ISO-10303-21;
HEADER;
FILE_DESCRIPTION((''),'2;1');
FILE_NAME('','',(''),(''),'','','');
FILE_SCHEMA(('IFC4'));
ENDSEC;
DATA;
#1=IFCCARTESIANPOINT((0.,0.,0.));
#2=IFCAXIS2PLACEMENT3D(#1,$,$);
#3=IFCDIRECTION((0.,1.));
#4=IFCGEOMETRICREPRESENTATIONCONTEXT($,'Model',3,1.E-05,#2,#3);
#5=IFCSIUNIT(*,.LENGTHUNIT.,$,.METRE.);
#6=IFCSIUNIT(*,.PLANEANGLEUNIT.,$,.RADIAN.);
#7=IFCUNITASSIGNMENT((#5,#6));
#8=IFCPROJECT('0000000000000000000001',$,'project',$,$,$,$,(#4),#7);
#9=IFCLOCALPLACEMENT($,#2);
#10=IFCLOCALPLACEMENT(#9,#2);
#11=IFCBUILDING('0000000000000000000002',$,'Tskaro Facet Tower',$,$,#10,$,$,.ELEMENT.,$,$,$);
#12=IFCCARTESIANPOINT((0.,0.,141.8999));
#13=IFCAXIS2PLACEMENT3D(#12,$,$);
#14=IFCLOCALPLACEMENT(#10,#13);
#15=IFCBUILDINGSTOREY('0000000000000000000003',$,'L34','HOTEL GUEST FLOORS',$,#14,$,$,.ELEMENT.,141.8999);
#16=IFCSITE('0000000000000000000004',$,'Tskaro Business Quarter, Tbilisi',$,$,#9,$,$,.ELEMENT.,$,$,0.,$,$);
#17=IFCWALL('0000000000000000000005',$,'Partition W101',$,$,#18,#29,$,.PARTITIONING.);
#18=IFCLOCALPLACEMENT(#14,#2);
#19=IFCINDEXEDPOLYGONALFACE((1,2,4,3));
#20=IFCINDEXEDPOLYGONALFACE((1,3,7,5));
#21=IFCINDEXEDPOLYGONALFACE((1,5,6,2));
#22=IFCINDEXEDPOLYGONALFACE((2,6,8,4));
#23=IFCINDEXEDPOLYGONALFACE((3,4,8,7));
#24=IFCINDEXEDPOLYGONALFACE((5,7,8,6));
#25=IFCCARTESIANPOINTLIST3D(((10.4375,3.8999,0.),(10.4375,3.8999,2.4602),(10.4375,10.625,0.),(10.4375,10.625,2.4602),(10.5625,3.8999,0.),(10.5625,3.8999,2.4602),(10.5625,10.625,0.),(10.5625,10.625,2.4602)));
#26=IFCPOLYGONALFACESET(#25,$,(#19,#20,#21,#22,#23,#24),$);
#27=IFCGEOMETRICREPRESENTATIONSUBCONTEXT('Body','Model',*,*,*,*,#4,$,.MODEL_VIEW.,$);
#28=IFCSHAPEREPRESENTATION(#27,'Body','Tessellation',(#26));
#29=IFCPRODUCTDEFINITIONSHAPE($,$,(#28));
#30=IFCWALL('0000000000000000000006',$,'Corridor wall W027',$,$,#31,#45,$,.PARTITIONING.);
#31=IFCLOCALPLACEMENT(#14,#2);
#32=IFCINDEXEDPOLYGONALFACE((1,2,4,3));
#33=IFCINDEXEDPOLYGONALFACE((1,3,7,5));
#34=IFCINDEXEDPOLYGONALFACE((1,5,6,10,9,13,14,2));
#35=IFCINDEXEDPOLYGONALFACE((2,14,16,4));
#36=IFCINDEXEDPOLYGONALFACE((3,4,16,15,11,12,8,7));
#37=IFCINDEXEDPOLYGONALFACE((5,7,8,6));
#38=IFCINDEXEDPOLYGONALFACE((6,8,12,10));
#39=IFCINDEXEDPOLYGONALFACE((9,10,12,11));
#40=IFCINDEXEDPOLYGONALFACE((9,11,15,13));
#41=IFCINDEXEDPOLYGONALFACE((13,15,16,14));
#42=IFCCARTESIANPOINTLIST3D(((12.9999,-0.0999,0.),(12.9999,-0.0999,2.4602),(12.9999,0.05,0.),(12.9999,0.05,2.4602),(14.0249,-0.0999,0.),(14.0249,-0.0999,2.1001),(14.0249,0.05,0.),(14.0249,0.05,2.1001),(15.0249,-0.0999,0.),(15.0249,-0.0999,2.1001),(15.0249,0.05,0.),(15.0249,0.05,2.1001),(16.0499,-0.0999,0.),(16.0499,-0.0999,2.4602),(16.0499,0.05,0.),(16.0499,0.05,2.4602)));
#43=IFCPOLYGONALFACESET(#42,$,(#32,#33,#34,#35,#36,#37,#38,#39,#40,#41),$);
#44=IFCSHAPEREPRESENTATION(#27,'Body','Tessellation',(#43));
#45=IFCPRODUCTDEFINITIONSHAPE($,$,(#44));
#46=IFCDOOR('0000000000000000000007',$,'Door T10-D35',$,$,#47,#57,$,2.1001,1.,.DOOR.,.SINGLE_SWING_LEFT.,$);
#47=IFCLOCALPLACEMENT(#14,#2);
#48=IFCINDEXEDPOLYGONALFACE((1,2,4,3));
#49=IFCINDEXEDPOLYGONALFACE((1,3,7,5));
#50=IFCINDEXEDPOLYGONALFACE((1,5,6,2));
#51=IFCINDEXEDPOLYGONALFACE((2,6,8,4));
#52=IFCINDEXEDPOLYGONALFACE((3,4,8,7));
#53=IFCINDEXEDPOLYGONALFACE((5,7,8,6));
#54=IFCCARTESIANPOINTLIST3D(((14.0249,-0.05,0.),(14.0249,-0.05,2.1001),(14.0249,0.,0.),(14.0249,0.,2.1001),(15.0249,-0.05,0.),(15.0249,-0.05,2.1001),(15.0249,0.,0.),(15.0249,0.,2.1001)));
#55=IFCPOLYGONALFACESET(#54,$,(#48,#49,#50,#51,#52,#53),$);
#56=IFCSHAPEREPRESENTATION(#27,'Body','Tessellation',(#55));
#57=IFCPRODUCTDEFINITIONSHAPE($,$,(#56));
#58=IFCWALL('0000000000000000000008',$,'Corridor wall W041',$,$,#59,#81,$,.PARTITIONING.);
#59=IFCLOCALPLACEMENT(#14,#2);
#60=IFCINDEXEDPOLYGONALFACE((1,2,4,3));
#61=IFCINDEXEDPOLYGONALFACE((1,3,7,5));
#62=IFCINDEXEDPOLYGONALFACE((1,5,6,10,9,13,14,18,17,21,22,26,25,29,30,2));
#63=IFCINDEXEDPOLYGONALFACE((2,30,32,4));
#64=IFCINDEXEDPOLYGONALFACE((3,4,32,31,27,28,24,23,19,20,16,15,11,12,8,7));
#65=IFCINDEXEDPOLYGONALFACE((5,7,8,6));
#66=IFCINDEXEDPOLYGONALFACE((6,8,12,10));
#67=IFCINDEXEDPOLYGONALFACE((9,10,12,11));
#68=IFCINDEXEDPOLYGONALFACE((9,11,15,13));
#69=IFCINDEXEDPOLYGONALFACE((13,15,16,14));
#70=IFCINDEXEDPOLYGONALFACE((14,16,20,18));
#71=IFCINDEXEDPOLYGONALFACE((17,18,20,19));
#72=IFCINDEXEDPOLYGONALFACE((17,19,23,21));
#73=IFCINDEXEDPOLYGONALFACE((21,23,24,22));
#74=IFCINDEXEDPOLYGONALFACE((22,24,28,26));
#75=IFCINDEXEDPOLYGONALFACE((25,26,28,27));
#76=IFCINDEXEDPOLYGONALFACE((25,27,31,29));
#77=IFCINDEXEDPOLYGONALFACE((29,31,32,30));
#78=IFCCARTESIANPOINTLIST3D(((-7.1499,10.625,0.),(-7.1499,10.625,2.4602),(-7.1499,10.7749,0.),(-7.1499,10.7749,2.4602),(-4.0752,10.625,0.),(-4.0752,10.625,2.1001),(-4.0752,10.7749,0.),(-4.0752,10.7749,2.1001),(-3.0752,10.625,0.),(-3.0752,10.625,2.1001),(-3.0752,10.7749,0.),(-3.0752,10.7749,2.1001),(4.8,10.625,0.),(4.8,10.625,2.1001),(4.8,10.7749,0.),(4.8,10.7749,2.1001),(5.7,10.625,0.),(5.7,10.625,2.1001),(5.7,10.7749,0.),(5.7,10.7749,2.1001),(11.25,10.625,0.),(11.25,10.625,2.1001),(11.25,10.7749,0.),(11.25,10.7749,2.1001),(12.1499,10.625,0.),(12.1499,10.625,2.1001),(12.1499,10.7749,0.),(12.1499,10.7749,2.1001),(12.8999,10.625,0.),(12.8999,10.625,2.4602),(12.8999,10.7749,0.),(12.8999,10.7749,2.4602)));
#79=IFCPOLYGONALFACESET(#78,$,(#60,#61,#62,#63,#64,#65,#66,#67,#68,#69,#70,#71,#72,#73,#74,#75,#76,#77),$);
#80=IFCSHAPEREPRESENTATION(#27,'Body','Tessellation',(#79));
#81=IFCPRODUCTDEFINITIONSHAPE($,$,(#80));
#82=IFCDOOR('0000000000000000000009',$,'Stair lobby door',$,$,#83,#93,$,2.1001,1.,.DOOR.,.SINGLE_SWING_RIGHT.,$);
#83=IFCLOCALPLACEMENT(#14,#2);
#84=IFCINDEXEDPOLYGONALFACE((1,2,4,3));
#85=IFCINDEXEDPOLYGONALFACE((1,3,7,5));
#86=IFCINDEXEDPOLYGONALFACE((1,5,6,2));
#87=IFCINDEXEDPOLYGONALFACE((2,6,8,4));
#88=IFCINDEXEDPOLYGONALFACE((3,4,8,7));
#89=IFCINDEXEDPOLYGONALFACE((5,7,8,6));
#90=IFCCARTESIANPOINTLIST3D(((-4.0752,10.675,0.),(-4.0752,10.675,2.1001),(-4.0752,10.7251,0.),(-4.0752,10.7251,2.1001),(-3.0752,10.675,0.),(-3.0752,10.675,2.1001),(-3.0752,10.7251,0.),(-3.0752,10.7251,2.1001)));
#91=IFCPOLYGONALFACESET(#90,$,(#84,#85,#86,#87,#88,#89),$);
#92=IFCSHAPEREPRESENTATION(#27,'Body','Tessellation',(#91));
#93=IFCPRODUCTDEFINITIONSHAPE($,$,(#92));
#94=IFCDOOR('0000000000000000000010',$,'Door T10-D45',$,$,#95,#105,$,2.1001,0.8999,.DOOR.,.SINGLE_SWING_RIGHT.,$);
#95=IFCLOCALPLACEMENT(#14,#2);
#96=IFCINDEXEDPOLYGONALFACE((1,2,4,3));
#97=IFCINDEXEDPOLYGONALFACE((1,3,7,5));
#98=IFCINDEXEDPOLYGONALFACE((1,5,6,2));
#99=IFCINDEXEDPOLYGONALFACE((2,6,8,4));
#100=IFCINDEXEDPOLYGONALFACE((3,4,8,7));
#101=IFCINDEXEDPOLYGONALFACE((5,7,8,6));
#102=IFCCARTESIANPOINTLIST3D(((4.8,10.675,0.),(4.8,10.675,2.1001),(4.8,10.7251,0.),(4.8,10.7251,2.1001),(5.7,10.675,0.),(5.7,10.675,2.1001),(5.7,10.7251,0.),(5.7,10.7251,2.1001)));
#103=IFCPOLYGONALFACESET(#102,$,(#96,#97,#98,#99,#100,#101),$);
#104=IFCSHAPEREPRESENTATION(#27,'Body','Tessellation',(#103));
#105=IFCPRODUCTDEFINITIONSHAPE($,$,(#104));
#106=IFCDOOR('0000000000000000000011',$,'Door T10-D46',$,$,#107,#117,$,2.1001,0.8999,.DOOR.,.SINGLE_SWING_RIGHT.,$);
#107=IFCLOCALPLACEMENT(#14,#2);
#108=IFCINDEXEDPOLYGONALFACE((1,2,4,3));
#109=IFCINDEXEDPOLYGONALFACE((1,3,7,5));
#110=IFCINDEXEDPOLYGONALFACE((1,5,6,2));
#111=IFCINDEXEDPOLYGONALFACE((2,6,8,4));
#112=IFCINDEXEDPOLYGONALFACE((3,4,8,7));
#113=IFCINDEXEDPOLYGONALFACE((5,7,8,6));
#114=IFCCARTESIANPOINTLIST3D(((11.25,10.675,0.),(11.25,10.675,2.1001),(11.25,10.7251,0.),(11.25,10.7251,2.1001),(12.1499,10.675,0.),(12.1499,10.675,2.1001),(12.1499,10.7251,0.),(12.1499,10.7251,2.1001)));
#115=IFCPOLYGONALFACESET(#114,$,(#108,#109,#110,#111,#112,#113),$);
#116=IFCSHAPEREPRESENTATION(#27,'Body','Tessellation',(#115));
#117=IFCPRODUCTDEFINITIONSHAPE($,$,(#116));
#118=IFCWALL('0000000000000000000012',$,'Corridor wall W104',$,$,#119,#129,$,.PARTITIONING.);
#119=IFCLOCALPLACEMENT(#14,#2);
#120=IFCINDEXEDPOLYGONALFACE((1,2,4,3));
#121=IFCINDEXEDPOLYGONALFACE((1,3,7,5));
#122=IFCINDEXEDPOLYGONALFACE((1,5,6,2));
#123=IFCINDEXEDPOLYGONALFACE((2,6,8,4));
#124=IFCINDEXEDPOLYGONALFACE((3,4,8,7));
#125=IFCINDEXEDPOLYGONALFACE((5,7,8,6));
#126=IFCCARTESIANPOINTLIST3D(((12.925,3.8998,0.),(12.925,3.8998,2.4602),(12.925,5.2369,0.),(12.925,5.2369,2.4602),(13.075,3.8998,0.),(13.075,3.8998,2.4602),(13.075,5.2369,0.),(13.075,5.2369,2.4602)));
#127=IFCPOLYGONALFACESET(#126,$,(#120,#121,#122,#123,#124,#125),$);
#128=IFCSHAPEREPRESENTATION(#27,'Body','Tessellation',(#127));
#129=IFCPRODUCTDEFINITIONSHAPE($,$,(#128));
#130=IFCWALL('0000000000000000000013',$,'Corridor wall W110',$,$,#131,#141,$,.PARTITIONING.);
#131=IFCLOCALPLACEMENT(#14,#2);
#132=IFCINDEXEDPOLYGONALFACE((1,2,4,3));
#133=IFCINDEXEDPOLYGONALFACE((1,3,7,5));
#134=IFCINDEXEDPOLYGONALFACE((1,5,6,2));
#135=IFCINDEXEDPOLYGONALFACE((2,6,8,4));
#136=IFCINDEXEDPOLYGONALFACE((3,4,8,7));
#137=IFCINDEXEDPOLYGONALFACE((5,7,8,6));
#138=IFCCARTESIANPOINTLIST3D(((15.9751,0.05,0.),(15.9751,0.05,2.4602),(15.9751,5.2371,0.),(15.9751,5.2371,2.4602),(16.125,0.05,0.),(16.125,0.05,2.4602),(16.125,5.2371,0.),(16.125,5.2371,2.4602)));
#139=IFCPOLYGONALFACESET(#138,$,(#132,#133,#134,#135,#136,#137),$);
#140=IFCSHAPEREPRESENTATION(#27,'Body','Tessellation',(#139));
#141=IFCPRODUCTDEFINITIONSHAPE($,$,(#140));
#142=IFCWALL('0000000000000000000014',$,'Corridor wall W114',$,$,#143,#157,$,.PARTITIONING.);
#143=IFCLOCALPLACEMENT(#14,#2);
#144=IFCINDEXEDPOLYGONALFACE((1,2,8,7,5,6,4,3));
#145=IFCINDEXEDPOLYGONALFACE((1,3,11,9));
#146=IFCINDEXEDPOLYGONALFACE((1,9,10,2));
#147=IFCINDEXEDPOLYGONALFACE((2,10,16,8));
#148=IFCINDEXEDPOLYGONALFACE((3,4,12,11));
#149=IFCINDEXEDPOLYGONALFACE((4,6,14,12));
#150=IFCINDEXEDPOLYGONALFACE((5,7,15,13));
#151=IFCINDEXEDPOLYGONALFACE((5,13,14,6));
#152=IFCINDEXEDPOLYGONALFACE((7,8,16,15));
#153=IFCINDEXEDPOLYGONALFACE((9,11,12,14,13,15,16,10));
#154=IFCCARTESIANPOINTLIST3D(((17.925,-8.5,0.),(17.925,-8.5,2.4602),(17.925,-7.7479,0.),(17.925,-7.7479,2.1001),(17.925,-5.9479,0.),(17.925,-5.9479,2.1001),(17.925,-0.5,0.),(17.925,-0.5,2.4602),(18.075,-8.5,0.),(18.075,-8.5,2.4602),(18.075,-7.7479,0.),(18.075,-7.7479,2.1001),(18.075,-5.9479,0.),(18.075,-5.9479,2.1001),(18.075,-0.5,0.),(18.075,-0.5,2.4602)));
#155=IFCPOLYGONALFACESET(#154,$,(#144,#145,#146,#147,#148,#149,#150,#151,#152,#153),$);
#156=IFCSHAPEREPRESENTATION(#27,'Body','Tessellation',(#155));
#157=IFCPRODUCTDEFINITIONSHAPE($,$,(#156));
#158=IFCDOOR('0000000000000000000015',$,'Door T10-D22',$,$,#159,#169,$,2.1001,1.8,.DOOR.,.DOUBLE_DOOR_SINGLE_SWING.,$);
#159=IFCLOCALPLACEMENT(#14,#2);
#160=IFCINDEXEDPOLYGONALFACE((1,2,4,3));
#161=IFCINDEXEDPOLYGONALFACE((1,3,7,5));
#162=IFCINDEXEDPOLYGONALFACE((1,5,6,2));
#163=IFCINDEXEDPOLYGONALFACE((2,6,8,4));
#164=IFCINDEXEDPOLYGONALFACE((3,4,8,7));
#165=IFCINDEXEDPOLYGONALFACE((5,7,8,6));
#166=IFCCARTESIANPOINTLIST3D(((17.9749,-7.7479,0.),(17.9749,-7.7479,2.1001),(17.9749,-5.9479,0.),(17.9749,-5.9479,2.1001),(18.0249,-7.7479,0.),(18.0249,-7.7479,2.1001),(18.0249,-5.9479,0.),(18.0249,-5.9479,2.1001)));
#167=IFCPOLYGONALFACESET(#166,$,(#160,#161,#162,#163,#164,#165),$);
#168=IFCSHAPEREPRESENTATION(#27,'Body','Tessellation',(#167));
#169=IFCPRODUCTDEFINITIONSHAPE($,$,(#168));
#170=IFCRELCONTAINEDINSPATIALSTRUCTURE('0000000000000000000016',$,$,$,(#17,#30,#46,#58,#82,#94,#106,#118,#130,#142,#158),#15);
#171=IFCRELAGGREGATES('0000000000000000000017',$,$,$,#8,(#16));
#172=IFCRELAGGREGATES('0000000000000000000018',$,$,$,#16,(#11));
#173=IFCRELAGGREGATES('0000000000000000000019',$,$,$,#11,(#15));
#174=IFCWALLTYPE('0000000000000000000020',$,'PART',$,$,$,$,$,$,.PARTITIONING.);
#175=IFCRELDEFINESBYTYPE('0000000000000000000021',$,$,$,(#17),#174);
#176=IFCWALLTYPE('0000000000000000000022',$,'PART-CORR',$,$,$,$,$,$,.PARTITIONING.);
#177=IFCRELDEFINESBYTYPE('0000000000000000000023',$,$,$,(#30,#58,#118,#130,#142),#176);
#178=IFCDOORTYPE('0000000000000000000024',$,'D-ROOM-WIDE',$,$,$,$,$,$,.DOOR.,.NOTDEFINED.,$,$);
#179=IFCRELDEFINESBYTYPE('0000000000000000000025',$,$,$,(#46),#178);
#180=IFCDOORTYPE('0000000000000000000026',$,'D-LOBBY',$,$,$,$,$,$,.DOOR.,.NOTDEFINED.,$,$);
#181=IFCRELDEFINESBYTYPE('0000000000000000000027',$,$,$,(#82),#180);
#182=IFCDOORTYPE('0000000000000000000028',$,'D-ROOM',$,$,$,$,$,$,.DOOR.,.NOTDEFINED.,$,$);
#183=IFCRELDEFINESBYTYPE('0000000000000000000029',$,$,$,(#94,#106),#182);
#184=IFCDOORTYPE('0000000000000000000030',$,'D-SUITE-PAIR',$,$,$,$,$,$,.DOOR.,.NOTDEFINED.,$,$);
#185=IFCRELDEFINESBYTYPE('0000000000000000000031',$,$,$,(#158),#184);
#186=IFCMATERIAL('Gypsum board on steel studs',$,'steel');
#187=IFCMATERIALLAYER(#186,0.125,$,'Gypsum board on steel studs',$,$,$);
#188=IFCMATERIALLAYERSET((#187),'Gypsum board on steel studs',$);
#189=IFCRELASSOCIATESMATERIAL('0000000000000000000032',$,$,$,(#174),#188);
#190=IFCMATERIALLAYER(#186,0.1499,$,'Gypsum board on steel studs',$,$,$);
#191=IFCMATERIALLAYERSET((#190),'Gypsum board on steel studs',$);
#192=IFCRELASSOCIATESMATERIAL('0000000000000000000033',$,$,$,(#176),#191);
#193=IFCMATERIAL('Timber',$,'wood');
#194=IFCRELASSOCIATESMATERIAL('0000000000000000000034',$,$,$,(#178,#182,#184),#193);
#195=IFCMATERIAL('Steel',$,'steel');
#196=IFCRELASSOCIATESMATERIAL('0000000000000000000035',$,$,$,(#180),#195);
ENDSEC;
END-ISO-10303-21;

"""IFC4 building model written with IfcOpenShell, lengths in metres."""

from ifc_helpers import new_model, si_unit, direction, frame, frame_2d, origin, place, context, subcontext, project, spatial, rectangle, extrude, material, layer, layer_set, type_object, element, fill, save


model = new_model("IFC4")

# Units and contexts
model_context = context("Model", 3, precision=1e-05, world=origin(), true_north=direction((0.0, 1.0)))
body_context = subcontext(model_context, "Body", "Model", "MODEL_VIEW")
ifc_project = project(units=[si_unit("LENGTHUNIT", "METRE"), si_unit("PLANEANGLEUNIT", "RADIAN")], contexts=[model_context])

# Site, building, storey
site_placement = place(None, origin())
site = spatial("IfcSite", under=ifc_project, at=site_placement, Name="Tskaro Business Quarter, Tbilisi", CompositionType="ELEMENT", RefElevation=0.0)
building_placement = place(site_placement, origin())
building = spatial("IfcBuilding", under=site, at=building_placement, Name="Tskaro Facet Tower", CompositionType="ELEMENT")
storey_placement = place(building_placement, frame((0.0, 0.0, 141.8999)))
storey = spatial("IfcBuildingStorey", under=building, at=storey_placement, Name="L34", Description="HOTEL GUEST FLOORS", CompositionType="ELEMENT", Elevation=141.8999)

# Wall
ifc_material_1 = material(Name="Gypsum board on steel studs", Category="steel")
ifc_layer_1 = layer(ifc_material_1, 0.125, Name="Gypsum board on steel studs")
ifc_layer_set_1 = layer_set([ifc_layer_1], Name="Gypsum board on steel studs")
wall_type_1 = type_object("IfcWallType", Name="PART", PredefinedType="PARTITIONING", material=ifc_layer_set_1)
wall_1_placement = place(storey_placement, frame((10.5, 3.8999, 0.0), z_axis=(0.0, 0.0, 1.0), x_axis=(0.0, 1.0, 0.0)))
element("IfcWall", 1, at=wall_1_placement, inside=storey, type_object=wall_type_1, Name="Partition W101", PredefinedType="PARTITIONING", context=body_context, shape_type="SweptSolid", body=[
    extrude(rectangle(XDim=6.7251, YDim=0.125, at=frame_2d((3.3625, 0.0))), origin(), (0.0, 0.0, 1.0), 2.4602),
])

# Wall, opening, door
ifc_layer_2 = layer(ifc_material_1, 0.1499, Name="Gypsum board on steel studs")
ifc_layer_set_2 = layer_set([ifc_layer_2], Name="Gypsum board on steel studs")
wall_type_2 = type_object("IfcWallType", Name="PART-CORR", PredefinedType="PARTITIONING", material=ifc_layer_set_2)
wall_2_placement = place(storey_placement, frame((13.0, -0.0249, 0.0), z_axis=(0.0, 0.0, 1.0), x_axis=(1.0, 0.0, 0.0)))
wall_2 = element("IfcWall", 2, at=wall_2_placement, inside=storey, type_object=wall_type_2, Name="Corridor wall W027", PredefinedType="PARTITIONING", context=body_context, shape_type="SweptSolid", body=[
    extrude(rectangle(XDim=3.05, YDim=0.1499, at=frame_2d((1.5249, 0.0))), origin(), (0.0, 0.0, 1.0), 2.4602),
])
opening_1_placement = place(wall_2_placement, frame((1.0249, 0.0, 0.0)))
opening_1 = element("IfcOpeningElement", 3, at=opening_1_placement, cuts=wall_2, PredefinedType="OPENING", context=body_context, shape_type="SweptSolid", body=[
    extrude(rectangle(XDim=1.0, YDim=2.1001, at=frame_2d((0.5, 1.05))), frame((0.0, 0.085, 0.0), z_axis=(0.0, -1.0, 0.0), x_axis=(1.0, 0.0, 0.0)), (0.0, 0.0, 1.0), 0.1699),
])
ifc_material_2 = material(Name="Timber", Category="wood")
door_type_1 = type_object("IfcDoorType", Name="D-ROOM-WIDE", OperationType="NOTDEFINED", PredefinedType="DOOR", material=ifc_material_2)
door_1_placement = place(opening_1_placement, origin())
door_1 = element("IfcDoor", 4, at=door_1_placement, inside=storey, type_object=door_type_1, Name="Door T10-D35", OperationType="SINGLE_SWING_LEFT", OverallHeight=2.1001, OverallWidth=1.0, PredefinedType="DOOR", context=body_context, shape_type="SweptSolid", body=[
    extrude(rectangle(XDim=1.0, YDim=2.1001, at=frame_2d((0.5, 1.05))), frame((0.0, 0.0249, 0.0), z_axis=(0.0, -1.0, 0.0), x_axis=(1.0, 0.0, 0.0)), (0.0, 0.0, 1.0), 0.05),
])
fill(opening_1, door_1)

# Wall, openings, doors
wall_3_placement = place(storey_placement, frame((12.8999, 10.7, 0.0), z_axis=(0.0, 0.0, 1.0), x_axis=(-1.0, 0.0, 0.0)))
wall_3 = element("IfcWall", 5, at=wall_3_placement, inside=storey, type_object=wall_type_2, Name="Corridor wall W041", PredefinedType="PARTITIONING", context=body_context, shape_type="SweptSolid", body=[
    extrude(rectangle(XDim=20.0498, YDim=0.1499, at=frame_2d((10.0249, 0.0))), origin(), (0.0, 0.0, 1.0), 2.4602),
])
opening_2_placement = place(wall_3_placement, frame((15.9751, 0.0, 0.0)))
opening_2 = element("IfcOpeningElement", 6, at=opening_2_placement, cuts=wall_3, PredefinedType="OPENING", context=body_context, shape_type="SweptSolid", body=[
    extrude(rectangle(XDim=1.0, YDim=2.1001, at=frame_2d((0.5, 1.05))), frame((0.0, 0.085, 0.0), z_axis=(0.0, -1.0, 0.0), x_axis=(1.0, 0.0, 0.0)), (0.0, 0.0, 1.0), 0.1699),
])
opening_3_placement = place(wall_3_placement, frame((7.2, 0.0, 0.0)))
opening_3 = element("IfcOpeningElement", 7, at=opening_3_placement, cuts=wall_3, PredefinedType="OPENING", context=body_context, shape_type="SweptSolid", body=[
    extrude(rectangle(XDim=0.8999, YDim=2.1001, at=frame_2d((0.45, 1.05))), frame((0.0, 0.085, 0.0), z_axis=(0.0, -1.0, 0.0), x_axis=(1.0, 0.0, 0.0)), (0.0, 0.0, 1.0), 0.1699),
])
opening_4_placement = place(wall_3_placement, frame((0.75, 0.0, 0.0)))
opening_4 = element("IfcOpeningElement", 8, at=opening_4_placement, cuts=wall_3, PredefinedType="OPENING", context=body_context, shape_type="SweptSolid", body=[
    extrude(rectangle(XDim=0.8999, YDim=2.1001, at=frame_2d((0.45, 1.05))), frame((0.0, 0.085, 0.0), z_axis=(0.0, -1.0, 0.0), x_axis=(1.0, 0.0, 0.0)), (0.0, 0.0, 1.0), 0.1699),
])
ifc_material_3 = material(Name="Steel", Category="steel")
door_type_2 = type_object("IfcDoorType", Name="D-LOBBY", OperationType="NOTDEFINED", PredefinedType="DOOR", material=ifc_material_3)
door_2_placement = place(opening_2_placement, origin())
door_2 = element("IfcDoor", 9, at=door_2_placement, inside=storey, type_object=door_type_2, Name="Stair lobby door", OperationType="SINGLE_SWING_RIGHT", OverallHeight=2.1001, OverallWidth=1.0, PredefinedType="DOOR", context=body_context, shape_type="SweptSolid", body=[
    extrude(rectangle(XDim=1.0, YDim=2.1001, at=frame_2d((0.5, 1.05))), frame((0.0, 0.0249, 0.0), z_axis=(0.0, -1.0, 0.0), x_axis=(1.0, 0.0, 0.0)), (0.0, 0.0, 1.0), 0.05),
])
fill(opening_2, door_2)
door_type_3 = type_object("IfcDoorType", Name="D-ROOM", OperationType="NOTDEFINED", PredefinedType="DOOR", material=ifc_material_2)
door_3_placement = place(opening_3_placement, origin())
door_3 = element("IfcDoor", 10, at=door_3_placement, inside=storey, type_object=door_type_3, Name="Door T10-D45", OperationType="SINGLE_SWING_RIGHT", OverallHeight=2.1001, OverallWidth=0.8999, PredefinedType="DOOR", context=body_context, shape_type="SweptSolid", body=[
    extrude(rectangle(XDim=0.8999, YDim=2.1001, at=frame_2d((0.45, 1.05))), frame((0.0, 0.0249, 0.0), z_axis=(0.0, -1.0, 0.0), x_axis=(1.0, 0.0, 0.0)), (0.0, 0.0, 1.0), 0.05),
])
fill(opening_3, door_3)
door_4_placement = place(opening_4_placement, origin())
door_4 = element("IfcDoor", 11, at=door_4_placement, inside=storey, type_object=door_type_3, Name="Door T10-D46", OperationType="SINGLE_SWING_RIGHT", OverallHeight=2.1001, OverallWidth=0.8999, PredefinedType="DOOR", context=body_context, shape_type="SweptSolid", body=[
    extrude(rectangle(XDim=0.8999, YDim=2.1001, at=frame_2d((0.45, 1.05))), frame((0.0, 0.0249, 0.0), z_axis=(0.0, -1.0, 0.0), x_axis=(1.0, 0.0, 0.0)), (0.0, 0.0, 1.0), 0.05),
])
fill(opening_4, door_4)

# Walls
wall_4_placement = place(storey_placement, frame((13.0, 3.8999, 0.0), z_axis=(0.0, 0.0, 1.0), x_axis=(0.0, 1.0, 0.0)))
element("IfcWall", 12, at=wall_4_placement, inside=storey, type_object=wall_type_2, Name="Corridor wall W104", PredefinedType="PARTITIONING", context=body_context, shape_type="SweptSolid", body=[
    extrude(rectangle(XDim=1.3372, YDim=0.1499, at=frame_2d((0.6685, 0.0))), origin(), (0.0, 0.0, 1.0), 2.4602),
])
wall_5_placement = place(storey_placement, frame((16.05, 0.05, 0.0), z_axis=(0.0, 0.0, 1.0), x_axis=(0.0, 1.0, 0.0)))
element("IfcWall", 13, at=wall_5_placement, inside=storey, type_object=wall_type_2, Name="Corridor wall W110", PredefinedType="PARTITIONING", context=body_context, shape_type="SweptSolid", body=[
    extrude(rectangle(XDim=5.187, YDim=0.1499, at=frame_2d((2.5935, 0.0))), origin(), (0.0, 0.0, 1.0), 2.4602),
])

# Wall, opening, door
wall_6_placement = place(storey_placement, frame((18.0, -0.5, 0.0), z_axis=(0.0, 0.0, 1.0), x_axis=(0.0, -1.0, 0.0)))
wall_6 = element("IfcWall", 14, at=wall_6_placement, inside=storey, type_object=wall_type_2, Name="Corridor wall W114", PredefinedType="PARTITIONING", context=body_context, shape_type="SweptSolid", body=[
    extrude(rectangle(XDim=8.0, YDim=0.1499, at=frame_2d((4.0, 0.0))), origin(), (0.0, 0.0, 1.0), 2.4602),
])
opening_5_placement = place(wall_6_placement, frame((5.448, 0.0, 0.0)))
opening_5 = element("IfcOpeningElement", 15, at=opening_5_placement, cuts=wall_6, PredefinedType="OPENING", context=body_context, shape_type="SweptSolid", body=[
    extrude(rectangle(XDim=1.8, YDim=2.1001, at=frame_2d((0.8999, 1.05))), frame((0.0, 0.085, 0.0), z_axis=(0.0, -1.0, 0.0), x_axis=(1.0, 0.0, 0.0)), (0.0, 0.0, 1.0), 0.1699),
])
door_type_4 = type_object("IfcDoorType", Name="D-SUITE-PAIR", OperationType="NOTDEFINED", PredefinedType="DOOR", material=ifc_material_2)
door_5_placement = place(opening_5_placement, origin())
door_5 = element("IfcDoor", 16, at=door_5_placement, inside=storey, type_object=door_type_4, Name="Door T10-D22", OperationType="DOUBLE_DOOR_SINGLE_SWING", OverallHeight=2.1001, OverallWidth=1.8, PredefinedType="DOOR", context=body_context, shape_type="SweptSolid", body=[
    extrude(rectangle(XDim=1.8, YDim=2.1001, at=frame_2d((0.8999, 1.05))), frame((0.0, 0.0249, 0.0), z_axis=(0.0, -1.0, 0.0), x_axis=(1.0, 0.0, 0.0)), (0.0, 0.0, 1.0), 0.05),
])
fill(opening_5, door_5)

save(model, "model.ifc")
